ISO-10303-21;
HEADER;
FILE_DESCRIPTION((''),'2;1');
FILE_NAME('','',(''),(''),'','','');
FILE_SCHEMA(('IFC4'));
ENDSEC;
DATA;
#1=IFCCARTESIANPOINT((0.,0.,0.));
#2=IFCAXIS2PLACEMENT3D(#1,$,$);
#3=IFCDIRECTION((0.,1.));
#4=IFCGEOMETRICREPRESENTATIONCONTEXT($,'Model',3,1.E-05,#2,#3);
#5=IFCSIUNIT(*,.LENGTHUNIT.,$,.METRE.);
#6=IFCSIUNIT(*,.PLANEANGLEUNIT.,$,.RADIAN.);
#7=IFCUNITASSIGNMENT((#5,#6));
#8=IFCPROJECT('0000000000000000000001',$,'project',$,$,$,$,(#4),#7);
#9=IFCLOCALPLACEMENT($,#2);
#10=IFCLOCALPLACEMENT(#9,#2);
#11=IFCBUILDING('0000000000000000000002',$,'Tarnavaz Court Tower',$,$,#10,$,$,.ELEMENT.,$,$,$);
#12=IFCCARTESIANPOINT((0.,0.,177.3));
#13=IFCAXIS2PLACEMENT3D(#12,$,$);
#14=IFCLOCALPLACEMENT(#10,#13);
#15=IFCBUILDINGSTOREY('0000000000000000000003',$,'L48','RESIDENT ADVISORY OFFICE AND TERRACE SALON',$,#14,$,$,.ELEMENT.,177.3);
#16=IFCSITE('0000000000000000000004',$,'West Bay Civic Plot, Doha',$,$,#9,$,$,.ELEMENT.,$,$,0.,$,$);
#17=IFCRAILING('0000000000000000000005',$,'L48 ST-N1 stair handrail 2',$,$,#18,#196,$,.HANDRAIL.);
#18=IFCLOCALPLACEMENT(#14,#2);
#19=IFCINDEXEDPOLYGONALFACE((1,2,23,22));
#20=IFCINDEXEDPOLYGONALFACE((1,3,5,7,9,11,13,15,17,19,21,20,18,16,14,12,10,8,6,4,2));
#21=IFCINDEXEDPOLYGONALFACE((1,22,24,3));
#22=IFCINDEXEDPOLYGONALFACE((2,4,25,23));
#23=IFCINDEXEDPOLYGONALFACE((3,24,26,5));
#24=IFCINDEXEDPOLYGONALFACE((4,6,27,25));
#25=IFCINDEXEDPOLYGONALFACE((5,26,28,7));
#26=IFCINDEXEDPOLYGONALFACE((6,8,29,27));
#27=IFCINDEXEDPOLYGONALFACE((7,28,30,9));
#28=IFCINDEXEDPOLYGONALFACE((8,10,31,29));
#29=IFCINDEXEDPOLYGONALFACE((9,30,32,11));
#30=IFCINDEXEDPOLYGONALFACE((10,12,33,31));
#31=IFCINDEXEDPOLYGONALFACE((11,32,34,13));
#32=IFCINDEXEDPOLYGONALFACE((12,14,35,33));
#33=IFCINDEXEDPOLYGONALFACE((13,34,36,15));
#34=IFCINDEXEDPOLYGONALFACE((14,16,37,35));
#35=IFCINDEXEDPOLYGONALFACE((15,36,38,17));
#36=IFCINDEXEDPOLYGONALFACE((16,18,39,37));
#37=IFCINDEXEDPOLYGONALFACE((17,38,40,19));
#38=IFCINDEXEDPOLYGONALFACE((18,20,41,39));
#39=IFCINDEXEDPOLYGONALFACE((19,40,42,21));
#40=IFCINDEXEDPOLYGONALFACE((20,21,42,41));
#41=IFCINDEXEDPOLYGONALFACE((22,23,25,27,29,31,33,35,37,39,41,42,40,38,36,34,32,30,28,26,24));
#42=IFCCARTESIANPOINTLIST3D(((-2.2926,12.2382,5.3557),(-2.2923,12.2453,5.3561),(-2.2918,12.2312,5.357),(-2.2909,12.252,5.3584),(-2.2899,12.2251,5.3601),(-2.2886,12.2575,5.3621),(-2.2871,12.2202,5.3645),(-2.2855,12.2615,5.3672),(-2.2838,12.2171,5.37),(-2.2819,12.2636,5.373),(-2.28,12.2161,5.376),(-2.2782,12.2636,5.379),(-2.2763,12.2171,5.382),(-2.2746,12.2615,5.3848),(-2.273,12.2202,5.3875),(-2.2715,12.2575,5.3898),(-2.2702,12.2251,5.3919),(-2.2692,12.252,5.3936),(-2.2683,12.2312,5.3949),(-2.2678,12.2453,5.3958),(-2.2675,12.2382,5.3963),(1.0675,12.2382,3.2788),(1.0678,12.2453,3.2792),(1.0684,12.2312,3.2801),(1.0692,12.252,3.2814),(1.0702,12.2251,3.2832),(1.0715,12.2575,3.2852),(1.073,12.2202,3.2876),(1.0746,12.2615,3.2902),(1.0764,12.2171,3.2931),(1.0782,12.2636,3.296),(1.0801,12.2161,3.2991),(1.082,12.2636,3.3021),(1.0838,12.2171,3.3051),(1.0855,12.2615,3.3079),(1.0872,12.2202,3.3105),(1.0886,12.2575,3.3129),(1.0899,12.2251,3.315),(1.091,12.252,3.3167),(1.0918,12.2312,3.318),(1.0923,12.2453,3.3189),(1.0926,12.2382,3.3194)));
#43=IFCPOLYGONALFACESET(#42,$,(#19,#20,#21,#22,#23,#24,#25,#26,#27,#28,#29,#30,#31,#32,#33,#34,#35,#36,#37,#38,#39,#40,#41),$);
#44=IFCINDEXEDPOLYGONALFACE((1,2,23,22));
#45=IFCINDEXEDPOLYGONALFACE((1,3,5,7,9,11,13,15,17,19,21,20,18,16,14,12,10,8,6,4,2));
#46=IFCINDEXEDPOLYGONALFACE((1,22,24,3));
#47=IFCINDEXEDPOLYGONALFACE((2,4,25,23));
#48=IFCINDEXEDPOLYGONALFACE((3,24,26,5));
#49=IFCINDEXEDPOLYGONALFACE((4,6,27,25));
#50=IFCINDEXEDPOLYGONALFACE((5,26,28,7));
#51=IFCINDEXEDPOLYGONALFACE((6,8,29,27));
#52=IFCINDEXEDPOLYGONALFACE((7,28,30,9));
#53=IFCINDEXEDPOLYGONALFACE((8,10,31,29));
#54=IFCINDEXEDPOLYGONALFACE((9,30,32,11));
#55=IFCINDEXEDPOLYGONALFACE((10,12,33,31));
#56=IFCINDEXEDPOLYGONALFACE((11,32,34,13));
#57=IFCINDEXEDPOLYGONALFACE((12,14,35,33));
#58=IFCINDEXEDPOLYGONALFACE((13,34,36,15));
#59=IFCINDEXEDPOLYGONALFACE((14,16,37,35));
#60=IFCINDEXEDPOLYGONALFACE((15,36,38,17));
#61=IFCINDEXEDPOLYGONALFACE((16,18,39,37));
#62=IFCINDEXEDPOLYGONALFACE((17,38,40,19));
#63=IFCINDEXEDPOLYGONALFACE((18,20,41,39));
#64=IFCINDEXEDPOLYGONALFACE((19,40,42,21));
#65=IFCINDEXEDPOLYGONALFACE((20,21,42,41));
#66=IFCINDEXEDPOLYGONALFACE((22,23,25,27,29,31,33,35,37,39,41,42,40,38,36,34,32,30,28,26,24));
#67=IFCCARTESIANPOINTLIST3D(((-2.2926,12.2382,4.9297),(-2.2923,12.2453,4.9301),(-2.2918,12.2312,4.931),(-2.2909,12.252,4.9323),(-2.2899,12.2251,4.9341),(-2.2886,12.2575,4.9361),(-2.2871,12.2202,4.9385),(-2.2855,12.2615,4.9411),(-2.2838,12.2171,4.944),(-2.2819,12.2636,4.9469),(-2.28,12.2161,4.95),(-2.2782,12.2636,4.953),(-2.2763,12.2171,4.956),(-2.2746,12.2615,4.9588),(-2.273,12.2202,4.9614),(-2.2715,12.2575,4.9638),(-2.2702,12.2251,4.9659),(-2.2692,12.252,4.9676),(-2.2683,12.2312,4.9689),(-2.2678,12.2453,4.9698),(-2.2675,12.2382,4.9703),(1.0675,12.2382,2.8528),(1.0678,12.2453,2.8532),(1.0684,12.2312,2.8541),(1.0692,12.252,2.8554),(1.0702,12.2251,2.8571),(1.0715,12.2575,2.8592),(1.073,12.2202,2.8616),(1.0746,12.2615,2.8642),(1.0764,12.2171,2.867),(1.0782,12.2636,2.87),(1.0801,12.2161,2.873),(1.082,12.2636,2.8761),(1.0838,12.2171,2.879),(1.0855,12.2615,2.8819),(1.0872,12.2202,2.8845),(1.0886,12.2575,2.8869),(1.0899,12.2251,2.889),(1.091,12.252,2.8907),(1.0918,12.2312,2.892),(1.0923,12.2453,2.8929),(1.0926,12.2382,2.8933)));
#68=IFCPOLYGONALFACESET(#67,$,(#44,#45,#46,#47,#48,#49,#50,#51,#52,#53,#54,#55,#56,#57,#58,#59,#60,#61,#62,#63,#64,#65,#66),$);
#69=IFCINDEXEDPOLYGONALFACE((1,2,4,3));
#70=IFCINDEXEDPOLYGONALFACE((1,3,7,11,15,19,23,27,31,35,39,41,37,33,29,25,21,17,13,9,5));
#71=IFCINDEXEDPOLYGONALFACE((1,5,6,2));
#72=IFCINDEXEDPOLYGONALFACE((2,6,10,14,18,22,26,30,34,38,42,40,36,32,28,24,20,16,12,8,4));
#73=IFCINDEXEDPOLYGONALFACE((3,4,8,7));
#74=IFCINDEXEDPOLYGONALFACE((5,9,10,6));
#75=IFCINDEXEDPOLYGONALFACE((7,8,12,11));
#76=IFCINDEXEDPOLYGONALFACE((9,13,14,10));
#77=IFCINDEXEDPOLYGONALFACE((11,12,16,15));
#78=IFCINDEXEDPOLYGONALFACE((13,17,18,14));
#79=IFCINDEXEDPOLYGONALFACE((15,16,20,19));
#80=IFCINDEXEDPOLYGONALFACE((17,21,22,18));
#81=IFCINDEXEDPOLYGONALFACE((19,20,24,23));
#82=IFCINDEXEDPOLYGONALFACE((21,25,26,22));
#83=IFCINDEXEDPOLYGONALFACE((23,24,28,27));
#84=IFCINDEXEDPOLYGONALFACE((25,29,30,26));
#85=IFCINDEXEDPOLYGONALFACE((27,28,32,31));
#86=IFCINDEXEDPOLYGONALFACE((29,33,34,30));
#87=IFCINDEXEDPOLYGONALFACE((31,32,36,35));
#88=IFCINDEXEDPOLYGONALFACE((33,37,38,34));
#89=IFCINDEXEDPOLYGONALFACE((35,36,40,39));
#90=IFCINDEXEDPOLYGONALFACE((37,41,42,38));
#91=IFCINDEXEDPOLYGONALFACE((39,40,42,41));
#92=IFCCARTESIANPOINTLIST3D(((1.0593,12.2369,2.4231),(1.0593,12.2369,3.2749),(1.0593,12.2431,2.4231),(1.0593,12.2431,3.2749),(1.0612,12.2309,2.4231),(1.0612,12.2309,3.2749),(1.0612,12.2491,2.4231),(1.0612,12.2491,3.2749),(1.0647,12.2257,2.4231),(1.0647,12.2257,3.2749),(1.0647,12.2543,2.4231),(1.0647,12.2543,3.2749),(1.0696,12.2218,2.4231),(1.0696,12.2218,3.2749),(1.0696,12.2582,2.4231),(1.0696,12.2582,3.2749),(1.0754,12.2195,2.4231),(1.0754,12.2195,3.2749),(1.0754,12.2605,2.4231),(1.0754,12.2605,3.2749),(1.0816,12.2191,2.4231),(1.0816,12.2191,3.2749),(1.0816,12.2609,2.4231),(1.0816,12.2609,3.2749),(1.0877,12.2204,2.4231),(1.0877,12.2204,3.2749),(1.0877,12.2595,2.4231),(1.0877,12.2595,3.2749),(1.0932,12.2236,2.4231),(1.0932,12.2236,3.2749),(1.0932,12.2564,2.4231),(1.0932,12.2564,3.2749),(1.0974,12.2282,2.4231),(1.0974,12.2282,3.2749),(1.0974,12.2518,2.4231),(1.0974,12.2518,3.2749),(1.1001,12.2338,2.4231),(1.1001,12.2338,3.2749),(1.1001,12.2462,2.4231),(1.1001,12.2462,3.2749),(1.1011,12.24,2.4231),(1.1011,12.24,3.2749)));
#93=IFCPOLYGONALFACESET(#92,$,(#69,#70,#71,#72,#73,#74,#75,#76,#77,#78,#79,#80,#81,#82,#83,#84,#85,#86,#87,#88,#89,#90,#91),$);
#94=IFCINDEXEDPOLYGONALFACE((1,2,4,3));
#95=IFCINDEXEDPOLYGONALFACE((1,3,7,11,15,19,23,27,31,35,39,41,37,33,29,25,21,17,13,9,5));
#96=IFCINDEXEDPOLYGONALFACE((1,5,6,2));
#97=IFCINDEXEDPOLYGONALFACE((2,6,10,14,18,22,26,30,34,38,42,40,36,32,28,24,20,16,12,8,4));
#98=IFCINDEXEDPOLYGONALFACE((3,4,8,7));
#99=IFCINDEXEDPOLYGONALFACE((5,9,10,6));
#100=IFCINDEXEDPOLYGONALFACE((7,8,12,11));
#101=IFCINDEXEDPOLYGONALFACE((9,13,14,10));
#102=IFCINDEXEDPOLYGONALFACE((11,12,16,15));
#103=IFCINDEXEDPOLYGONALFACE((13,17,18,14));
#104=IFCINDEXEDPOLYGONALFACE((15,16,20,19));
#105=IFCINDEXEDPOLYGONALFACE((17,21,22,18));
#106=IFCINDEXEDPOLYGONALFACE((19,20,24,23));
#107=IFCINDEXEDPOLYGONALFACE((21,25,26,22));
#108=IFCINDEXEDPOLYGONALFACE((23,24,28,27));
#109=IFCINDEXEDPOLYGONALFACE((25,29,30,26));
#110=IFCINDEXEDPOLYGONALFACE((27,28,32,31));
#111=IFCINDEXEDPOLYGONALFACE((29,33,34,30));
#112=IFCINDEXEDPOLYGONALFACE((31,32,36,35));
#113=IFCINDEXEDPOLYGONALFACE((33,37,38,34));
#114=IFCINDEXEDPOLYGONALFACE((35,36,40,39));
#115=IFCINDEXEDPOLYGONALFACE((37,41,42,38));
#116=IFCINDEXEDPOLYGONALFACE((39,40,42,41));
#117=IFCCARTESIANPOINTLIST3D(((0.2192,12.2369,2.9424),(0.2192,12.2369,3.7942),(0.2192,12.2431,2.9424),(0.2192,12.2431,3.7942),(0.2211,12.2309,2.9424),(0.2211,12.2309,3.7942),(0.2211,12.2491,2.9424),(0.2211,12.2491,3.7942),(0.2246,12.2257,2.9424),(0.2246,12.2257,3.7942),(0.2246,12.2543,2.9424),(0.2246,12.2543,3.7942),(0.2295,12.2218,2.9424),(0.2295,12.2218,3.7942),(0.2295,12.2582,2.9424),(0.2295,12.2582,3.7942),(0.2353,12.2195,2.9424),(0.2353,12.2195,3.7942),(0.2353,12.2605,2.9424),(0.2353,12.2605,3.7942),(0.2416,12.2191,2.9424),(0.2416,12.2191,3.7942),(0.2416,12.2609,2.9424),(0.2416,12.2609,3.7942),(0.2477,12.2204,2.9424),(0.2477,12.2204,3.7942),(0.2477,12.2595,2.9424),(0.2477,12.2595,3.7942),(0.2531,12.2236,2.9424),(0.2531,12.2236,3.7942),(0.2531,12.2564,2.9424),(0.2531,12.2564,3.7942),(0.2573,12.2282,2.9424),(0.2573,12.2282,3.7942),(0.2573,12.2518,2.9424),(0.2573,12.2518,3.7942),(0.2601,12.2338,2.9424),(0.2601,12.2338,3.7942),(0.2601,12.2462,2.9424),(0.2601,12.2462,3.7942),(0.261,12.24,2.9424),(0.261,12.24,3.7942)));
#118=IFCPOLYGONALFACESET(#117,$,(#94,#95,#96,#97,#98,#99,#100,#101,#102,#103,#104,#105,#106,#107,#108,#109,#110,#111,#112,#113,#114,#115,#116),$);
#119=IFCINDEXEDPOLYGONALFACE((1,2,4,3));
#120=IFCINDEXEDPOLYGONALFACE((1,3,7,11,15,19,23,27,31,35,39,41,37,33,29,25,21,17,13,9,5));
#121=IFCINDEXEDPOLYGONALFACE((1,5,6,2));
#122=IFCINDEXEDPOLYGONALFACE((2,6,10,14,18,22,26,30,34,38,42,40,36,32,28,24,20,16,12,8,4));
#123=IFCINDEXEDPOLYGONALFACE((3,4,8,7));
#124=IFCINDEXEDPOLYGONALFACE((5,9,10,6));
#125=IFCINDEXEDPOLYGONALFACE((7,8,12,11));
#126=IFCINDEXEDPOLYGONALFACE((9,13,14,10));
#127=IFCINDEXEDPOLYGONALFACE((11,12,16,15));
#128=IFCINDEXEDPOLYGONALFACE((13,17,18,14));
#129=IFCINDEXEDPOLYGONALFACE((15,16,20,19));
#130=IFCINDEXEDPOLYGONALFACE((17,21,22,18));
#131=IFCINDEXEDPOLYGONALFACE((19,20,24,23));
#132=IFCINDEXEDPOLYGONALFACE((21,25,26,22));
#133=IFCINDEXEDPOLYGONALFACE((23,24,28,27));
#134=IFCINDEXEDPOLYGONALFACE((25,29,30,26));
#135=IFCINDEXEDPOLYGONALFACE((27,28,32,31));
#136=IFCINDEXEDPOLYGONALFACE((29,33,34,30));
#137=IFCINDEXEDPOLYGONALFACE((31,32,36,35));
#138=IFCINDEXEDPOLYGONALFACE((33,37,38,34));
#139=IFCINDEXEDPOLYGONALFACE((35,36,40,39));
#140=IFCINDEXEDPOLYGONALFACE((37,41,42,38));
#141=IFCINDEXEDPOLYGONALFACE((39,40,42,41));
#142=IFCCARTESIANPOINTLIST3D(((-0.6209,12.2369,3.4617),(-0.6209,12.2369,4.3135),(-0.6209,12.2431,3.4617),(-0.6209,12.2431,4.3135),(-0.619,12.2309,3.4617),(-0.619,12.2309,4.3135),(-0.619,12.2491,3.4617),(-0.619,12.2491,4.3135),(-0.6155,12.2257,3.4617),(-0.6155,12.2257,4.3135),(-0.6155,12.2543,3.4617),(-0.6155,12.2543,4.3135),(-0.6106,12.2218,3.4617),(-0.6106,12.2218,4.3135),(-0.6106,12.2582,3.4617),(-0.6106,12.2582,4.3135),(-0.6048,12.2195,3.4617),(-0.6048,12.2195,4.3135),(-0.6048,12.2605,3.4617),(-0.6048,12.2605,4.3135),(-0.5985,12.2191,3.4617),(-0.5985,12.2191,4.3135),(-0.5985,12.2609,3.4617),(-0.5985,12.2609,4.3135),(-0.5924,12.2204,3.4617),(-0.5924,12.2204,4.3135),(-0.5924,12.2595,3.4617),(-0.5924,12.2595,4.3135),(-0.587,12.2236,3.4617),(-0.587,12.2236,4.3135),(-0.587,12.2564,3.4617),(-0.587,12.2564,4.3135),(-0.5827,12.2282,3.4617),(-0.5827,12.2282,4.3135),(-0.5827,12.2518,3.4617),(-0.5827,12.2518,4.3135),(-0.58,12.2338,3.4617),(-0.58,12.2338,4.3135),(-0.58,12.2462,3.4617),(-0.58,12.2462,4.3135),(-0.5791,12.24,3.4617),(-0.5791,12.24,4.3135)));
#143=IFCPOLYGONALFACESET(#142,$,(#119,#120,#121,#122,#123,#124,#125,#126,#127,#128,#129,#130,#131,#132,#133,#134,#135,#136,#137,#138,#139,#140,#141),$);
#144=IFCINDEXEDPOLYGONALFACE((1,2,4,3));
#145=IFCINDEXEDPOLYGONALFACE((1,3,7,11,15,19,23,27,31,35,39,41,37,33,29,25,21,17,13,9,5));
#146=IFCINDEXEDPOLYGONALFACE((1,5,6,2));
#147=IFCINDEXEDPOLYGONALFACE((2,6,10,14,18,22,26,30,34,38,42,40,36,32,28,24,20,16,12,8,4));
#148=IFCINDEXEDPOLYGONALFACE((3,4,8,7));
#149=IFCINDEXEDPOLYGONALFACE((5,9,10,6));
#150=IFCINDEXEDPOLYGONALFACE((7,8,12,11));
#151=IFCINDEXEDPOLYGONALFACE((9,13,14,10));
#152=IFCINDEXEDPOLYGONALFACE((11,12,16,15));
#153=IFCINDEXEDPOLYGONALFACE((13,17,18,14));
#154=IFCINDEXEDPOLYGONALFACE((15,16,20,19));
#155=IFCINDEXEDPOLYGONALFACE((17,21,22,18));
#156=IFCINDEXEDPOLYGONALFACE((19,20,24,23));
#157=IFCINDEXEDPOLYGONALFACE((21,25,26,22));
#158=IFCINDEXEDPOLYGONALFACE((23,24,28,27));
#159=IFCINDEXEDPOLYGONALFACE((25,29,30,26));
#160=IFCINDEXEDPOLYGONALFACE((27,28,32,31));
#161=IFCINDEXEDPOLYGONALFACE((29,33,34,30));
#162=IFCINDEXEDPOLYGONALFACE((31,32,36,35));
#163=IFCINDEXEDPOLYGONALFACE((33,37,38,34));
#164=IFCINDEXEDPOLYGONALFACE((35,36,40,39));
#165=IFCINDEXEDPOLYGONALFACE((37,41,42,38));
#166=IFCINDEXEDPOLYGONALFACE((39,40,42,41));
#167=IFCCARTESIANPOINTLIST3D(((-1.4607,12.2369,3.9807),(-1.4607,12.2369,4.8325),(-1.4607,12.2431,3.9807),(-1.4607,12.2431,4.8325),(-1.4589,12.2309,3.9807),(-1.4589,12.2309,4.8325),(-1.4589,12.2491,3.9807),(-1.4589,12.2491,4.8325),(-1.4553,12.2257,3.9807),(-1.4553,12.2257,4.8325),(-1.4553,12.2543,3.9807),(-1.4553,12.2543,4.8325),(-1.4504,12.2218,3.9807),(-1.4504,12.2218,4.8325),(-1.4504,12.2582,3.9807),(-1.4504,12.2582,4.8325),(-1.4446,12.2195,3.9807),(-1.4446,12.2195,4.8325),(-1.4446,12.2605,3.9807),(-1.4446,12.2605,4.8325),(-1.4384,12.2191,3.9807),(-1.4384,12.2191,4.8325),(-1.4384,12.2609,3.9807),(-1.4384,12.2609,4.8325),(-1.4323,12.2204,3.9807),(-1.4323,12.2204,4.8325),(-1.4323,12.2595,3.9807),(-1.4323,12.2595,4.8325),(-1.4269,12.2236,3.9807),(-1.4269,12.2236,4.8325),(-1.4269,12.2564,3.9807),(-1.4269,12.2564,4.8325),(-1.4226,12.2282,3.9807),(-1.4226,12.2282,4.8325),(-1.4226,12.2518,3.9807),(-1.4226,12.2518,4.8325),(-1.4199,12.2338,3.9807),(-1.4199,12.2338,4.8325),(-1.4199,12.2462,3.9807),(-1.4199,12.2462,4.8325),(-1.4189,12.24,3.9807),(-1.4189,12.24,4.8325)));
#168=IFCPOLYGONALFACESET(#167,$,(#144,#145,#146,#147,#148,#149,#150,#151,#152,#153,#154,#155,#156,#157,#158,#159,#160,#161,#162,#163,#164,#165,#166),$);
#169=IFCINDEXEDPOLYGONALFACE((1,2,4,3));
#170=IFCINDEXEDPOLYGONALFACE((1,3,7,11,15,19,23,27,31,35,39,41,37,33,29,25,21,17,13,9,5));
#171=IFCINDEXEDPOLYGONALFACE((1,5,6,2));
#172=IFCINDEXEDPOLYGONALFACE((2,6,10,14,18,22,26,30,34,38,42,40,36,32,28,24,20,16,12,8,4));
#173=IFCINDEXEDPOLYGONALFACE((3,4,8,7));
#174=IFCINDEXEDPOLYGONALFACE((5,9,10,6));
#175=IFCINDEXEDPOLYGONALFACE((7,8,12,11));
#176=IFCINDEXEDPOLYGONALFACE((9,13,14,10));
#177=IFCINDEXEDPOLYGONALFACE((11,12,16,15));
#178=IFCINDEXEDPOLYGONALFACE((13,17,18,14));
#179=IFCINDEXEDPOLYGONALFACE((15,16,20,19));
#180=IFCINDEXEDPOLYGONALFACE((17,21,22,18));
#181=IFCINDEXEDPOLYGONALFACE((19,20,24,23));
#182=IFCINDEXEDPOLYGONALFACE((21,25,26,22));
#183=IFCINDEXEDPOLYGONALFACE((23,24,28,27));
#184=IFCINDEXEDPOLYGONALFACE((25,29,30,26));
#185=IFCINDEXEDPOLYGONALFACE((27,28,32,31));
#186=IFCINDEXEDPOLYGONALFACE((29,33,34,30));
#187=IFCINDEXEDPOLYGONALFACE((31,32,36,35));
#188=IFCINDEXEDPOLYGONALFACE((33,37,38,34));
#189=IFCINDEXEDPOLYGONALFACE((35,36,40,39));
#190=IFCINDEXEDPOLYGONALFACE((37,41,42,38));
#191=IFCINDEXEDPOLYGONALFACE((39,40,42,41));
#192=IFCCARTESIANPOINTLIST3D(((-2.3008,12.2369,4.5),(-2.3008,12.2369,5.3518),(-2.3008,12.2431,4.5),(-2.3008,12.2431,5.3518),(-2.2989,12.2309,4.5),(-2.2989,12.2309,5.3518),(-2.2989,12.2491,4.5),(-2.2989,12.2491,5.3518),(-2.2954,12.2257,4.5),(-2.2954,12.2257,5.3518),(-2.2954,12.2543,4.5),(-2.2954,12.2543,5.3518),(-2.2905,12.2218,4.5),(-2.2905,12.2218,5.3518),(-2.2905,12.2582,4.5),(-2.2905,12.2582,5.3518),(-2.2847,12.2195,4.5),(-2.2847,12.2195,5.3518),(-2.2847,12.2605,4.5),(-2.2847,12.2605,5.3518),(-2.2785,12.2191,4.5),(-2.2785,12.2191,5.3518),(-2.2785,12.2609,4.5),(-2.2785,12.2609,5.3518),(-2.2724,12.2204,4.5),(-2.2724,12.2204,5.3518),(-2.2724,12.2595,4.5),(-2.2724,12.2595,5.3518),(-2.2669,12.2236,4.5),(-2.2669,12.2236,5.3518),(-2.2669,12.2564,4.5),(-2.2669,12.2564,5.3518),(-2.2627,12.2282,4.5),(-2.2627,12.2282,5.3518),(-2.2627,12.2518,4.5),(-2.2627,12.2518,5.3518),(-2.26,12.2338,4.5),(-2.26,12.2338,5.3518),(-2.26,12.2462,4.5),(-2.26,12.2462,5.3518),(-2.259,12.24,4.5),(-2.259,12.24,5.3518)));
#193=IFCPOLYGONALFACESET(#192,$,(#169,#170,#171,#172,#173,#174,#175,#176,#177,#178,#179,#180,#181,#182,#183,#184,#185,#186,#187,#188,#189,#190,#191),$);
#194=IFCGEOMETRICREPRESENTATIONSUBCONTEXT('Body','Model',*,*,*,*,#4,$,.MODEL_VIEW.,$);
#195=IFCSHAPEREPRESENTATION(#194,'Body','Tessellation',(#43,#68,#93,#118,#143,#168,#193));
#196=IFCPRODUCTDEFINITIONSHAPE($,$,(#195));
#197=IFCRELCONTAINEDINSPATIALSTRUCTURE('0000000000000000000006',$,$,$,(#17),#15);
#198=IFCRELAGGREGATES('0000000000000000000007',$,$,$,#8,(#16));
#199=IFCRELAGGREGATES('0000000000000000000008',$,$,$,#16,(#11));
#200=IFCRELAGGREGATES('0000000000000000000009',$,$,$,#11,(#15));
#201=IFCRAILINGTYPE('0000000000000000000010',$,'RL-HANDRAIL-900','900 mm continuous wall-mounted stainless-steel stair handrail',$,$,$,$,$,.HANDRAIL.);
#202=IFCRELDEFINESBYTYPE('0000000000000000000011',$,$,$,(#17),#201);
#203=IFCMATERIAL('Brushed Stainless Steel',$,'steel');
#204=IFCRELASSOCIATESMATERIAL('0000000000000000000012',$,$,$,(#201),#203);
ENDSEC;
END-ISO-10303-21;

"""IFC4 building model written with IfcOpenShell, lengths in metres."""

from ifc_helpers import new_model, si_unit, direction, frame, origin, origin_2d, place, context, subcontext, project, spatial, circle, extrude, material, type_object, element, save


model = new_model("IFC4")

# Units and contexts
model_context = context("Model", 3, precision=1e-05, world=origin(), true_north=direction((0.0, 1.0)))
body_context = subcontext(model_context, "Body", "Model", "MODEL_VIEW")
ifc_project = project(units=[si_unit("LENGTHUNIT", "METRE"), si_unit("PLANEANGLEUNIT", "RADIAN")], contexts=[model_context])

# Site, building, storey
site_placement = place(None, origin())
site = spatial("IfcSite", under=ifc_project, at=site_placement, Name="West Bay Civic Plot, Doha", CompositionType="ELEMENT", RefElevation=0.0)
building_placement = place(site_placement, origin())
building = spatial("IfcBuilding", under=site, at=building_placement, Name="Tarnavaz Court Tower", CompositionType="ELEMENT")
storey_placement = place(building_placement, frame((0.0, 0.0, 177.3)))
storey = spatial("IfcBuildingStorey", under=building, at=storey_placement, Name="L48", Description="RESIDENT ADVISORY OFFICE AND TERRACE SALON", CompositionType="ELEMENT", Elevation=177.3)

# Railing
ifc_material_1 = material(Name="Brushed Stainless Steel", Category="steel")
railing_type_1 = type_object("IfcRailingType", Name="RL-HANDRAIL-900", Description="900 mm continuous wall-mounted stainless-steel stair handrail", PredefinedType="HANDRAIL", material=ifc_material_1)
railing_1_placement = place(storey_placement, frame((1.0801, 12.24, 2.4231)))
element("IfcRailing", 1, at=railing_1_placement, inside=storey, type_object=railing_type_1, Name="L48 ST-N1 stair handrail 2", PredefinedType="HANDRAIL", context=body_context, shape_type="SweptSolid", body=[
    extrude(circle(Radius=0.0239, at=origin_2d()), frame((0.0, 0.0, 0.876), z_axis=(-0.850623, 0.0, 0.525776), x_axis=(0.0, -1.0, 0.0)), (0.0, 0.0, 1.0), 3.9502),
    extrude(circle(Radius=0.0239, at=origin_2d()), frame((0.0, 0.0, 0.45), z_axis=(-0.850623, 0.0, 0.525776), x_axis=(0.0, -1.0, 0.0)), (0.0, 0.0, 1.0), 3.9502),
    extrude(circle(Radius=0.021, at=origin_2d()), origin(), (0.0, 0.0, 1.0), 0.8518),
    extrude(circle(Radius=0.021, at=origin_2d()), frame((-0.8401, 0.0, 0.5193)), (0.0, 0.0, 1.0), 0.8518),
    extrude(circle(Radius=0.021, at=origin_2d()), frame((-1.6802, 0.0, 1.0386)), (0.0, 0.0, 1.0), 0.8518),
    extrude(circle(Radius=0.021, at=origin_2d()), frame((-2.52, 0.0, 1.5576)), (0.0, 0.0, 1.0), 0.8518),
    extrude(circle(Radius=0.021, at=origin_2d()), frame((-3.3601, 0.0, 2.0769)), (0.0, 0.0, 1.0), 0.8518),
])

save(model, "model.ifc")
